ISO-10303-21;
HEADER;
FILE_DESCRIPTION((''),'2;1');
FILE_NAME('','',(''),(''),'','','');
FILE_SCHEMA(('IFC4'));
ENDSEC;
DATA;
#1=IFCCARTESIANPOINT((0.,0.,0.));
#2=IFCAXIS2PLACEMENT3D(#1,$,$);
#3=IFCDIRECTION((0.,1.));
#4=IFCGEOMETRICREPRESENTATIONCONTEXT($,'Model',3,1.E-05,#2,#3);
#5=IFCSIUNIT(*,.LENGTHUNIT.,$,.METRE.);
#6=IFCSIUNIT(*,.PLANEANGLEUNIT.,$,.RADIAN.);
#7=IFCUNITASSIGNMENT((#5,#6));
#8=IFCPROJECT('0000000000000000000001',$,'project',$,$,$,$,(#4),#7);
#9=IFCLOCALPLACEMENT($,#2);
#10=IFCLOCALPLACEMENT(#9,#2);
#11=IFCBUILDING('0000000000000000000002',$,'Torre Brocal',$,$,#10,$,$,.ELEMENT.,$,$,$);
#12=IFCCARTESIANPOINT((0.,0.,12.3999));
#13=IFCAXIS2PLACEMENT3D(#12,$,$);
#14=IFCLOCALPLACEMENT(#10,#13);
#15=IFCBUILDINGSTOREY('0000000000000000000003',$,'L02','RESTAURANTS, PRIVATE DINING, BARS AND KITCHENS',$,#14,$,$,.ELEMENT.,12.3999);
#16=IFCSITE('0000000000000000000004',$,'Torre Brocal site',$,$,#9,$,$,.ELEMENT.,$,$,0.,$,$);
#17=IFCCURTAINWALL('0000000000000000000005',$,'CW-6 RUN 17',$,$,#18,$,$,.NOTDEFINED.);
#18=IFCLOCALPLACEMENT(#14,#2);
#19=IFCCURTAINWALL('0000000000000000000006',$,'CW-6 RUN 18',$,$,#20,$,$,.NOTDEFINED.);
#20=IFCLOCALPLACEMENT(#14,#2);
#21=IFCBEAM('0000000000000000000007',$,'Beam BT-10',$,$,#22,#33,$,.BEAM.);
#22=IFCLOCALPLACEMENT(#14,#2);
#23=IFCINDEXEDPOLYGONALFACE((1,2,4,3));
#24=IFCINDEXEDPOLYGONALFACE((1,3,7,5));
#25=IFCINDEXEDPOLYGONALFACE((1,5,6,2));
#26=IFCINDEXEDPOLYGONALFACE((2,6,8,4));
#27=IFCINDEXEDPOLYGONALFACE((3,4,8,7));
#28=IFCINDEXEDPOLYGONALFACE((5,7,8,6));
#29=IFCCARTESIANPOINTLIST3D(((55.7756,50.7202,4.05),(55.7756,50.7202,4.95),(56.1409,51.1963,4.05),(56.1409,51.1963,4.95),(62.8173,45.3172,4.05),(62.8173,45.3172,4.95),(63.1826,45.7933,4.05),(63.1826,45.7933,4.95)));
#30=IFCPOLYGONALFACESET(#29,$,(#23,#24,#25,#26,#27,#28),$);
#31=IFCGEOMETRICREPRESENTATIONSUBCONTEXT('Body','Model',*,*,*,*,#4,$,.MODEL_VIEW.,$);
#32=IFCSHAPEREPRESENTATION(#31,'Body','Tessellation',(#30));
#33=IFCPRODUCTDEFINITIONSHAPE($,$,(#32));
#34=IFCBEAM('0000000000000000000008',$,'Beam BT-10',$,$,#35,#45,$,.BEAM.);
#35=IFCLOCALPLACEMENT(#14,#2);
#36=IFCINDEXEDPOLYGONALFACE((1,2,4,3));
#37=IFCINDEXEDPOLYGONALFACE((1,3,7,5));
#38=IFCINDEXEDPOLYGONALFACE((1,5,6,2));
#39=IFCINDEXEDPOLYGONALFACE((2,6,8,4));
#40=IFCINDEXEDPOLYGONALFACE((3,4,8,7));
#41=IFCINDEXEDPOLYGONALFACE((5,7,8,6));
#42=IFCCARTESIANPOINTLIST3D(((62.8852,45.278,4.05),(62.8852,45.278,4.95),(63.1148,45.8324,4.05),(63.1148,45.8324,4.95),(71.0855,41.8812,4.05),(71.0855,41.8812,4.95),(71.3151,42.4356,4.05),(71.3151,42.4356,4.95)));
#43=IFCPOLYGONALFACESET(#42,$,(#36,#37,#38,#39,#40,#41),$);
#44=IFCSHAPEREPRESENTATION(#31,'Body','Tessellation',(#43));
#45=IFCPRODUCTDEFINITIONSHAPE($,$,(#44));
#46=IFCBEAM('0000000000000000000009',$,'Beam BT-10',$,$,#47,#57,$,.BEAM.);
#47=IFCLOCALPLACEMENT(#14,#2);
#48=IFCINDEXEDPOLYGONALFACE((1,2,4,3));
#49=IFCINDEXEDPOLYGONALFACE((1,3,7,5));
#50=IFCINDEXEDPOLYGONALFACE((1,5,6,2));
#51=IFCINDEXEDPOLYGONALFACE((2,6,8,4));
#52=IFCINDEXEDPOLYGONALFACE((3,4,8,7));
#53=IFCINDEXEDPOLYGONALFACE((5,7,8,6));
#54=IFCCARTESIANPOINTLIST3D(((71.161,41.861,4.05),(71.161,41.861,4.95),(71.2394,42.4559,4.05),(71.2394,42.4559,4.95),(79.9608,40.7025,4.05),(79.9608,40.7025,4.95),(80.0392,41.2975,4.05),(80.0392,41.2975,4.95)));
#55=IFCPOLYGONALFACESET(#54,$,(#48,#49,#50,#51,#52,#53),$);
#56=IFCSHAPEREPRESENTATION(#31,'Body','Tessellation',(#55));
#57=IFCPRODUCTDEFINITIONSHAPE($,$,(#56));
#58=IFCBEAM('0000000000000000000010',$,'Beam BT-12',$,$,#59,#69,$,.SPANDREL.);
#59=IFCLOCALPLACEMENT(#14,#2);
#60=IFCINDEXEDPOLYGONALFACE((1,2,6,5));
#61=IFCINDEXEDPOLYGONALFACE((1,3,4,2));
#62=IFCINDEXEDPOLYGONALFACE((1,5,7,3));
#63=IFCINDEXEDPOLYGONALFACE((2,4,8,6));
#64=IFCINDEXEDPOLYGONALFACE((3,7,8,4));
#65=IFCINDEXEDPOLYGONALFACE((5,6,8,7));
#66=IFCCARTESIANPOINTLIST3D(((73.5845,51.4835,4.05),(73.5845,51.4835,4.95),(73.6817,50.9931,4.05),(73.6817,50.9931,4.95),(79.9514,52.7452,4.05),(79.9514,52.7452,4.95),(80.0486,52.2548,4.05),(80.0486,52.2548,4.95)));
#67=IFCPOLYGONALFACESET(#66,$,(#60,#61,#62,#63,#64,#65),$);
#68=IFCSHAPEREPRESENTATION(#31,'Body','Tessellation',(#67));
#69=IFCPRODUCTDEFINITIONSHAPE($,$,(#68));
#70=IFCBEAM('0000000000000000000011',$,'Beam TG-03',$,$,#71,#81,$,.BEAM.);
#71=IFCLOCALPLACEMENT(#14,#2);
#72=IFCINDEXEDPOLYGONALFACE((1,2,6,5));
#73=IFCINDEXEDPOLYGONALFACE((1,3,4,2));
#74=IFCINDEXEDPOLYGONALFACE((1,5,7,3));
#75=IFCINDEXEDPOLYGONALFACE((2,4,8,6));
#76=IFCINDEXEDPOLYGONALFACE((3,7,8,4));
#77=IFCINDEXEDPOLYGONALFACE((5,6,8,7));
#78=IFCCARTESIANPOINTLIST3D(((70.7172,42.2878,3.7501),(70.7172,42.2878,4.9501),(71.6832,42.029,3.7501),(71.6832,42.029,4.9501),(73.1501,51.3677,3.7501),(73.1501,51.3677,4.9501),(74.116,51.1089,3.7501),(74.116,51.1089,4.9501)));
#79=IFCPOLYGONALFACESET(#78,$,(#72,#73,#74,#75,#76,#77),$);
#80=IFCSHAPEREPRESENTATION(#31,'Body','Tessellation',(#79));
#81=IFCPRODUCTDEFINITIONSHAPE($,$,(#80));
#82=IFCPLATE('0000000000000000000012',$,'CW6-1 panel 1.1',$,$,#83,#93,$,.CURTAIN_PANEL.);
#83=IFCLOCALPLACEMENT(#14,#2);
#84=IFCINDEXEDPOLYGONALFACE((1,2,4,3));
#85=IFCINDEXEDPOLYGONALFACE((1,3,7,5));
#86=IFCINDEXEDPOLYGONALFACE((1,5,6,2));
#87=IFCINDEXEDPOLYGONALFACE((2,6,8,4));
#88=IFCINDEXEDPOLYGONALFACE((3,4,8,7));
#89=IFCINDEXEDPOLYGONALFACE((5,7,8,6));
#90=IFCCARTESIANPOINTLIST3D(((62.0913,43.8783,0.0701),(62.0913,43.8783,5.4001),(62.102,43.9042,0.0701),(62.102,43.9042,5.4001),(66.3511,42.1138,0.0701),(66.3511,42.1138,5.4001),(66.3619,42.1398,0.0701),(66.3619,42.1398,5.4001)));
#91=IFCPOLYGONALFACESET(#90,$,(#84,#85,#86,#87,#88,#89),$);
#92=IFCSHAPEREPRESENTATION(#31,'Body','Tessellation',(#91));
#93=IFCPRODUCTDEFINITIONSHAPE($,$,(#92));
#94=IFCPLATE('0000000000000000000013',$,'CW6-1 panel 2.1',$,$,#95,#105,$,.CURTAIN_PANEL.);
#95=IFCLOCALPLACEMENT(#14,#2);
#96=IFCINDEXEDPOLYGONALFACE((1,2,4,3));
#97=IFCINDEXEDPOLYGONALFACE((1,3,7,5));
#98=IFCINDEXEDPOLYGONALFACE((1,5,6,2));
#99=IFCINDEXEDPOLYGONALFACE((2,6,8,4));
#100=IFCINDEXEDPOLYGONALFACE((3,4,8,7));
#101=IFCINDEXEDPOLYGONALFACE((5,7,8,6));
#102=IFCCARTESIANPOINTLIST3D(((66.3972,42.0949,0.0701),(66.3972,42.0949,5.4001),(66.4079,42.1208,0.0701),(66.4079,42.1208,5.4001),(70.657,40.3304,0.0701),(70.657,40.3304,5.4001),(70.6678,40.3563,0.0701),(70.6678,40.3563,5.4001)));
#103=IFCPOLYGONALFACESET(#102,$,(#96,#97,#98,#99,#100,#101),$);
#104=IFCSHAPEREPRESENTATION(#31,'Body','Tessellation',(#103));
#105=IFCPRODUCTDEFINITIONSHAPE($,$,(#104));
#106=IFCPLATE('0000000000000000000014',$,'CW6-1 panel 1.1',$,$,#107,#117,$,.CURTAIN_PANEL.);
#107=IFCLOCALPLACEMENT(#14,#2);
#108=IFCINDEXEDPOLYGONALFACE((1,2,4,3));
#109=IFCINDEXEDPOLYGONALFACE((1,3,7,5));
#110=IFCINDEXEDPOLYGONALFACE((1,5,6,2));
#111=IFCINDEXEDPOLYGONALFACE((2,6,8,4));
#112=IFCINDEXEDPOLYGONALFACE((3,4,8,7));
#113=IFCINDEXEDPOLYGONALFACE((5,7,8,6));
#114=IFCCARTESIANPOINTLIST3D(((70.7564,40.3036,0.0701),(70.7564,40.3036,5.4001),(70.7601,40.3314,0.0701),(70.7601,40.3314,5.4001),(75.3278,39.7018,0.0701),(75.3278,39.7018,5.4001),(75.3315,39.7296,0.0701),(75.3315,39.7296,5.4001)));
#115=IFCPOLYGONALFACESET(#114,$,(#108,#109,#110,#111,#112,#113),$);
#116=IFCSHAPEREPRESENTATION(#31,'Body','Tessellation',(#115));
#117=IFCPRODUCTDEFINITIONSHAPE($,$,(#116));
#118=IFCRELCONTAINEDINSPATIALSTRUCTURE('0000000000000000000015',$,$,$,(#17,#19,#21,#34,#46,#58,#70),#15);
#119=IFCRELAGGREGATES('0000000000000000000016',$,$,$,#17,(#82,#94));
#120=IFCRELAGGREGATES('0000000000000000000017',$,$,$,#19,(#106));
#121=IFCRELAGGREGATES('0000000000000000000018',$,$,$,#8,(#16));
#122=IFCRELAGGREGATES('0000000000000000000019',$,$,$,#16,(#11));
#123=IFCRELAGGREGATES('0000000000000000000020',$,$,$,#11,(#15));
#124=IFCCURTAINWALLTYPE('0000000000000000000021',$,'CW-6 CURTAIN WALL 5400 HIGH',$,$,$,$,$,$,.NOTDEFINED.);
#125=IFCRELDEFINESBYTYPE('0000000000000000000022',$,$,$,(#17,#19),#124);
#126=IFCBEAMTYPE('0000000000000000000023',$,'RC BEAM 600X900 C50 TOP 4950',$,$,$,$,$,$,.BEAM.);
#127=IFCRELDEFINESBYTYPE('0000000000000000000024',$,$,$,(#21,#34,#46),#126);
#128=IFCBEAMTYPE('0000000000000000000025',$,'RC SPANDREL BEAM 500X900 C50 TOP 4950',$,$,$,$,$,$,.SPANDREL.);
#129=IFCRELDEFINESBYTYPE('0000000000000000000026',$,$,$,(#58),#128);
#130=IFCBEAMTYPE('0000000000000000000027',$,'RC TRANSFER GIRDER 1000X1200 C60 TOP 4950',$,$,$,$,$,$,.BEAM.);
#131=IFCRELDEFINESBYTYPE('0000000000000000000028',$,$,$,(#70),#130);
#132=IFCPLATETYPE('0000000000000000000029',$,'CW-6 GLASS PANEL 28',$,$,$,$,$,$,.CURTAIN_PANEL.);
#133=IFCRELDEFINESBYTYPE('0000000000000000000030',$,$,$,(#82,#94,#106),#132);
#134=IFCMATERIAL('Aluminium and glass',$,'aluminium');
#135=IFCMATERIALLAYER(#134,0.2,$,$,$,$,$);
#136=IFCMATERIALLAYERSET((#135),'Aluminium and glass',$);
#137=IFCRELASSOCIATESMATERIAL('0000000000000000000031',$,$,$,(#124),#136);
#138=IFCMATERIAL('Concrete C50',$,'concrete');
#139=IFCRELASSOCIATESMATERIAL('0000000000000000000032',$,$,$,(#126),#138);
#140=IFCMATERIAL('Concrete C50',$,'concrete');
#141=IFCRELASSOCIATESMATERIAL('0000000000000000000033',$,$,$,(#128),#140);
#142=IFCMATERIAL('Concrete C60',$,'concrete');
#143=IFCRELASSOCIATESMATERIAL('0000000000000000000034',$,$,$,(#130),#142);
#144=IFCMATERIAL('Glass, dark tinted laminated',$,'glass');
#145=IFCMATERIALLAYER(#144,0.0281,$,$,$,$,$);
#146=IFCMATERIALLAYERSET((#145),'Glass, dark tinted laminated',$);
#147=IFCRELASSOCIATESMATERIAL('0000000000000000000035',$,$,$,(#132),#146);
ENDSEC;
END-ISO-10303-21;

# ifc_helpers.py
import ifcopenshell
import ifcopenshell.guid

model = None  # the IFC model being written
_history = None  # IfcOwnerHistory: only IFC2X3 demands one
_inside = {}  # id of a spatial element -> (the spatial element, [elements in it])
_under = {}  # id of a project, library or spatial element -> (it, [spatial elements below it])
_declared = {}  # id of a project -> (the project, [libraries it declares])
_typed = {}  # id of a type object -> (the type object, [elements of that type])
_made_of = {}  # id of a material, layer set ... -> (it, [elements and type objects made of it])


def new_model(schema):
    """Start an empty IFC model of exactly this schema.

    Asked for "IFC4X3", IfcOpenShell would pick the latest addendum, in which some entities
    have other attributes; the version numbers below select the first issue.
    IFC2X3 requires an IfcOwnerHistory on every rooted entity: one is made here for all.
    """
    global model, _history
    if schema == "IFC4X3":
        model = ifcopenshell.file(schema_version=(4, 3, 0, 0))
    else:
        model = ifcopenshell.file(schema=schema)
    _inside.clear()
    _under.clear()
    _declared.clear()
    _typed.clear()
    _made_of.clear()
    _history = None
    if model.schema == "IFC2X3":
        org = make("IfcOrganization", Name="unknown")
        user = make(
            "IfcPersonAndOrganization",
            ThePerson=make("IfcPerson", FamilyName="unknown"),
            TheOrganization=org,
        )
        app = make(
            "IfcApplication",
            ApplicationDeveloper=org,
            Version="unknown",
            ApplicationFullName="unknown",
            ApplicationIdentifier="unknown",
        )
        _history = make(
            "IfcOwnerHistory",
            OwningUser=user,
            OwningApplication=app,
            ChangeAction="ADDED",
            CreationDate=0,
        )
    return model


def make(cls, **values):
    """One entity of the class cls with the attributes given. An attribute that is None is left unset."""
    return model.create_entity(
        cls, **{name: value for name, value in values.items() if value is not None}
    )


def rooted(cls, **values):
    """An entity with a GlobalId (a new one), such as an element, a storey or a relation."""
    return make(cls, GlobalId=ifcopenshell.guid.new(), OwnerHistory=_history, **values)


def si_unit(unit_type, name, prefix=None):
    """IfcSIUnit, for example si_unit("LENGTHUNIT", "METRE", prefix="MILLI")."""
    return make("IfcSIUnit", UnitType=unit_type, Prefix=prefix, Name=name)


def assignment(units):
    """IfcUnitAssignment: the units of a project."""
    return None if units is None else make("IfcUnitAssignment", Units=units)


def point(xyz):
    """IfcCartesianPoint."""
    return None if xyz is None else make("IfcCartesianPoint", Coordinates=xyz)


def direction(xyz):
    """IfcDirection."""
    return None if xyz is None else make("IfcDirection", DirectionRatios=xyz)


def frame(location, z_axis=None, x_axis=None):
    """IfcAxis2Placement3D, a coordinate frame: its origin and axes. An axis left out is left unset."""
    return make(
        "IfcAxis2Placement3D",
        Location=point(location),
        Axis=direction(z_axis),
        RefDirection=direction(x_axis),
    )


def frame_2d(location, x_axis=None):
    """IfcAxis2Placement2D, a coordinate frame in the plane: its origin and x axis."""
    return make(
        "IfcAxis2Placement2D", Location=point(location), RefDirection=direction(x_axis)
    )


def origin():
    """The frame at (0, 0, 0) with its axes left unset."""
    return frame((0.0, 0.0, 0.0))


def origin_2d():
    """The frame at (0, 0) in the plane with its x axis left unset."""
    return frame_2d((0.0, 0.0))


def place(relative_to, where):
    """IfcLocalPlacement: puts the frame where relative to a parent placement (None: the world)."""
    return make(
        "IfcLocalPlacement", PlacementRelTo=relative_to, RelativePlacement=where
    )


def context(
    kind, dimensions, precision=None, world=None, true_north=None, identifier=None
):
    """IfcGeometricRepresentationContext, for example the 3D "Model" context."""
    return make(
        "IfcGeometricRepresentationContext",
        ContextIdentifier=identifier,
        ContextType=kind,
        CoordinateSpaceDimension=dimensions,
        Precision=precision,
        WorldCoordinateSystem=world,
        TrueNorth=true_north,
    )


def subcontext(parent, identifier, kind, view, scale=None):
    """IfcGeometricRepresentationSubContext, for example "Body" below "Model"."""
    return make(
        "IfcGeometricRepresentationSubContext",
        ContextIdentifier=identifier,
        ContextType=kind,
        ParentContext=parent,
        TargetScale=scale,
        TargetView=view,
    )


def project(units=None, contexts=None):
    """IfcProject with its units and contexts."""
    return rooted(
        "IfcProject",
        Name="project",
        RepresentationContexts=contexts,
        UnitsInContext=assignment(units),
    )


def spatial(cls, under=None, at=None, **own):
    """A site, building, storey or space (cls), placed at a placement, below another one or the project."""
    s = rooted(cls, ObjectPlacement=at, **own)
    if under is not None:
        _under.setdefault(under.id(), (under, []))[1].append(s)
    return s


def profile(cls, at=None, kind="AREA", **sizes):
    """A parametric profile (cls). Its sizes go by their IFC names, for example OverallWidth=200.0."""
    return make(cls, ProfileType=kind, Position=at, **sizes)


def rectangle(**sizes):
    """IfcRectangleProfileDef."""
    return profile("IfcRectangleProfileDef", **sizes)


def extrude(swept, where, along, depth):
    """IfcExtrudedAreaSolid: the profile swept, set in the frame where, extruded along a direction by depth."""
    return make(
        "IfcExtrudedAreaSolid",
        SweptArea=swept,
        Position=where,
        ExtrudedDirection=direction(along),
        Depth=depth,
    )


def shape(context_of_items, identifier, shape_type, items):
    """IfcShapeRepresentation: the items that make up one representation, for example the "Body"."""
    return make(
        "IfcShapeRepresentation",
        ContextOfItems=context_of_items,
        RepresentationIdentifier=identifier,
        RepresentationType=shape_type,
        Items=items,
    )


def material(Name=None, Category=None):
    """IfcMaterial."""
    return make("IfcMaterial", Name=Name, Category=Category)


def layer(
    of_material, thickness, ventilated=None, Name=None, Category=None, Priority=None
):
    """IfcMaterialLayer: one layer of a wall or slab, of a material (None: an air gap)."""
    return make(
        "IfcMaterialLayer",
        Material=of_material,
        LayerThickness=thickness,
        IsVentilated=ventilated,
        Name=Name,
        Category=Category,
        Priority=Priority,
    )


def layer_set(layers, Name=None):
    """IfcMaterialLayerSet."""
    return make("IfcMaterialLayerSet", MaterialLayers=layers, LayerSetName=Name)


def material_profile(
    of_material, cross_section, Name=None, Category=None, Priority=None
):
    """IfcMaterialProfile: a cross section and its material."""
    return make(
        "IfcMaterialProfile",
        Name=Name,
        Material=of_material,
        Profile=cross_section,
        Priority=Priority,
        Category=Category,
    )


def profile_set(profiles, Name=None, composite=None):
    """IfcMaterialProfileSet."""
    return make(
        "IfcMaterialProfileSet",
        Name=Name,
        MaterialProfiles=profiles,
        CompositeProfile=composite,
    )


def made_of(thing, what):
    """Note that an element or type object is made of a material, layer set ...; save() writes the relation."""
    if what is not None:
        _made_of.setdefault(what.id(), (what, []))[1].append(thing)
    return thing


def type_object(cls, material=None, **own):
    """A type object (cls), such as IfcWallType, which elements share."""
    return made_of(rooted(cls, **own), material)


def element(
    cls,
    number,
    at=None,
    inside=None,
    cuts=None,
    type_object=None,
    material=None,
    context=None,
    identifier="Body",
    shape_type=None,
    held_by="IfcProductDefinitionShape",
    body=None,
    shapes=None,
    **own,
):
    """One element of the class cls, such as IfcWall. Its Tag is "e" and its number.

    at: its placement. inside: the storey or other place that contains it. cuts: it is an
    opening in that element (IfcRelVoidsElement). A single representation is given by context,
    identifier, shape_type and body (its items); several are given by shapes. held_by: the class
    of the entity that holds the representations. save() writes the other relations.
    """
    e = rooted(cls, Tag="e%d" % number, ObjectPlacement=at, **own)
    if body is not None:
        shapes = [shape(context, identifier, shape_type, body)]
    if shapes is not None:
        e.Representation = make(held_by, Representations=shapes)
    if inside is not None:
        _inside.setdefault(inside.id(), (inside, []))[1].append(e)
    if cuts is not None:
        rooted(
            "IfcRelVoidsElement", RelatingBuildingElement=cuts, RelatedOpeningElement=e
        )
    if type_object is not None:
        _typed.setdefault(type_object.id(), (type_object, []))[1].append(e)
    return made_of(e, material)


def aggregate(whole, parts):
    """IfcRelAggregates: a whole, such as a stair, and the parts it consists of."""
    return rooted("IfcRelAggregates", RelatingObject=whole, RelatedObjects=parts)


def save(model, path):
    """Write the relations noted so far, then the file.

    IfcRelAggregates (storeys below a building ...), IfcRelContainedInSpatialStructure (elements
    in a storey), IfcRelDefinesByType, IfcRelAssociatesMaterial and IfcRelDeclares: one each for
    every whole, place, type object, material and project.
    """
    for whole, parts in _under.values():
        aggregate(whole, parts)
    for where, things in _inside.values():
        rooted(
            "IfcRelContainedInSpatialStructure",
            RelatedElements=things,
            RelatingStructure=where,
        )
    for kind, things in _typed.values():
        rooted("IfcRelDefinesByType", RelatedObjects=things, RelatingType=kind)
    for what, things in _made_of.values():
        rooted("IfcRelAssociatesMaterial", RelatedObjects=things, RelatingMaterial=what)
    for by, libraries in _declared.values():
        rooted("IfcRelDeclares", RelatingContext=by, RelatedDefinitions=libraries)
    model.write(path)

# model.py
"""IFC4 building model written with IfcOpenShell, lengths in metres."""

from ifc_helpers import new_model, si_unit, direction, frame, origin, origin_2d, place, context, subcontext, project, spatial, rectangle, extrude, material, layer, layer_set, material_profile, profile_set, type_object, element, aggregate, save


model = new_model("IFC4")

# Units and contexts
model_context = context("Model", 3, precision=1e-05, world=origin(), true_north=direction((0.0, 1.0)))
body_context = subcontext(model_context, "Body", "Model", "MODEL_VIEW")
ifc_project = project(units=[si_unit("LENGTHUNIT", "METRE"), si_unit("PLANEANGLEUNIT", "RADIAN")], contexts=[model_context])

# Site, building, storey
site_placement = place(None, origin())
site = spatial("IfcSite", under=ifc_project, at=site_placement, Name="Torre Brocal site", CompositionType="ELEMENT", RefElevation=0.0)
building_placement = place(site_placement, origin())
building = spatial("IfcBuilding", under=site, at=building_placement, Name="Torre Brocal", CompositionType="ELEMENT")
storey_placement = place(building_placement, frame((0.0, 0.0, 12.3999)))
storey = spatial("IfcBuildingStorey", under=building, at=storey_placement, Name="L02", Description="RESTAURANTS, PRIVATE DINING, BARS AND KITCHENS", CompositionType="ELEMENT", Elevation=12.3999)

# Shared definitions
ifc_material_1 = material(Name="Aluminium and glass", Category="aluminium")
ifc_layer_1 = layer(ifc_material_1, 0.2)
ifc_layer_set_1 = layer_set([ifc_layer_1], Name="Aluminium and glass")
curtain_wall_type = type_object("IfcCurtainWallType", Name="CW-6 CURTAIN WALL 5400 HIGH", PredefinedType="NOTDEFINED", material=ifc_layer_set_1)

# Curtain walls
curtain_wall_1_placement = place(storey_placement, origin())
curtain_wall_1 = element("IfcCurtainWall", 1, at=curtain_wall_1_placement, inside=storey, type_object=curtain_wall_type, Name="CW-6 RUN 17", PredefinedType="NOTDEFINED")
curtain_wall_2_placement = place(storey_placement, origin())
curtain_wall_2 = element("IfcCurtainWall", 2, at=curtain_wall_2_placement, inside=storey, type_object=curtain_wall_type, Name="CW-6 RUN 18", PredefinedType="NOTDEFINED")

# Beams
ifc_material_2 = material(Name="Concrete C50", Category="concrete")
ifc_material_profile_1 = material_profile(ifc_material_2, rectangle(XDim=0.6001, YDim=0.8999, at=origin_2d()), Name="RC 600X900")
ifc_profile_set_1 = profile_set([ifc_material_profile_1], Name="Concrete C50")
beam_type_1 = type_object("IfcBeamType", Name="RC BEAM 600X900 C50 TOP 4950", PredefinedType="BEAM", material=ifc_profile_set_1)
beam_1_placement = place(storey_placement, frame((55.9583, 50.9583, 4.5), z_axis=(0.793367, -0.608744, 0.0), x_axis=(0.608744, 0.793367, 0.0)))
element("IfcBeam", 3, at=beam_1_placement, inside=storey, type_object=beam_type_1, Name="Beam BT-10", PredefinedType="BEAM", context=body_context, shape_type="SweptSolid", body=[
    extrude(rectangle(XDim=0.6001, YDim=0.8999, at=origin_2d()), origin(), (0.0, 0.0, 1.0), 8.8757),
])
beam_2_placement = place(storey_placement, frame((63.0, 45.5552, 4.5), z_axis=(0.923876, -0.382693, 0.0), x_axis=(0.382693, 0.923876, 0.0)))
element("IfcBeam", 4, at=beam_2_placement, inside=storey, type_object=beam_type_1, Name="Beam BT-10", PredefinedType="BEAM", context=body_context, shape_type="SweptSolid", body=[
    extrude(rectangle(XDim=0.6001, YDim=0.8999, at=origin_2d()), origin(), (0.0, 0.0, 1.0), 8.876),
])
beam_3_placement = place(storey_placement, frame((71.2002, 42.1584, 4.5), z_axis=(0.991446, -0.130519, 0.0), x_axis=(0.130519, 0.991446, 0.0)))
element("IfcBeam", 5, at=beam_3_placement, inside=storey, type_object=beam_type_1, Name="Beam BT-10", PredefinedType="BEAM", context=body_context, shape_type="SweptSolid", body=[
    extrude(rectangle(XDim=0.6001, YDim=0.8999, at=origin_2d()), origin(), (0.0, 0.0, 1.0), 8.8757),
])
ifc_material_3 = material(Name="Concrete C50", Category="concrete")
ifc_material_profile_2 = material_profile(ifc_material_3, rectangle(XDim=0.5, YDim=0.8999, at=origin_2d()), Name="RC 500X900")
ifc_profile_set_2 = profile_set([ifc_material_profile_2], Name="Concrete C50")
beam_type_2 = type_object("IfcBeamType", Name="RC SPANDREL BEAM 500X900 C50 TOP 4950", PredefinedType="SPANDREL", material=ifc_profile_set_2)
beam_4_placement = place(storey_placement, frame((73.6331, 51.2383, 4.5), z_axis=(0.980925, 0.194387, 0.0), x_axis=(-0.194387, 0.980925, 0.0)))
element("IfcBeam", 6, at=beam_4_placement, inside=storey, type_object=beam_type_2, Name="Beam BT-12", PredefinedType="SPANDREL", context=body_context, shape_type="SweptSolid", body=[
    extrude(rectangle(XDim=0.5, YDim=0.8999, at=origin_2d()), origin(), (0.0, 0.0, 1.0), 6.4907),
])
ifc_material_4 = material(Name="Concrete C60", Category="concrete")
ifc_material_profile_3 = material_profile(ifc_material_4, rectangle(XDim=1.0, YDim=1.2, at=origin_2d()), Name="RC 1000X1200")
ifc_profile_set_3 = profile_set([ifc_material_profile_3], Name="Concrete C60")
beam_type_3 = type_object("IfcBeamType", Name="RC TRANSFER GIRDER 1000X1200 C60 TOP 4950", PredefinedType="BEAM", material=ifc_profile_set_3)
beam_5_placement = place(storey_placement, frame((73.6331, 51.2383, 4.3501), z_axis=(-0.258812, -0.965928, 0.0), x_axis=(0.965928, -0.258812, 0.0)))
element("IfcBeam", 7, at=beam_5_placement, inside=storey, type_object=beam_type_3, Name="Beam TG-03", PredefinedType="BEAM", context=body_context, shape_type="SweptSolid", body=[
    extrude(rectangle(XDim=1.0, YDim=1.2, at=origin_2d()), origin(), (0.0, 0.0, 1.0), 9.4001),
])

# Plates
ifc_material_5 = material(Name="Glass, dark tinted laminated", Category="glass")
ifc_layer_2 = layer(ifc_material_5, 0.0281)
ifc_layer_set_2 = layer_set([ifc_layer_2], Name="Glass, dark tinted laminated")
plate_type = type_object("IfcPlateType", Name="CW-6 GLASS PANEL 28", PredefinedType="CURTAIN_PANEL", material=ifc_layer_set_2)
plate_1_placement = place(storey_placement, frame((64.2266, 43.009, 0.0701), z_axis=(0.0, 0.0, 1.0), x_axis=(0.92388, -0.382683, 0.0)))
plate_1 = element("IfcPlate", 8, at=plate_1_placement, type_object=plate_type, Name="CW6-1 panel 1.1", PredefinedType="CURTAIN_PANEL", context=body_context, shape_type="SweptSolid", body=[
    extrude(rectangle(XDim=4.6108, YDim=0.0281, at=origin_2d()), origin(), (0.0, 0.0, 1.0), 5.3301),
])
plate_2_placement = place(storey_placement, frame((68.5325, 41.2256, 0.0701), z_axis=(0.0, 0.0, 1.0), x_axis=(0.92388, -0.382683, 0.0)))
plate_2 = element("IfcPlate", 9, at=plate_2_placement, type_object=plate_type, Name="CW6-1 panel 2.1", PredefinedType="CURTAIN_PANEL", context=body_context, shape_type="SweptSolid", body=[
    extrude(rectangle(XDim=4.6108, YDim=0.0281, at=origin_2d()), origin(), (0.0, 0.0, 1.0), 5.3301),
])
aggregate(curtain_wall_1, [plate_1, plate_2])
plate_3_placement = place(storey_placement, frame((73.0439, 40.0166, 0.0701), z_axis=(0.0, 0.0, 1.0), x_axis=(0.991445, -0.130526, 0.0)))
plate_3 = element("IfcPlate", 10, at=plate_3_placement, type_object=plate_type, Name="CW6-1 panel 1.1", PredefinedType="CURTAIN_PANEL", context=body_context, shape_type="SweptSolid", body=[
    extrude(rectangle(XDim=4.6108, YDim=0.0281, at=origin_2d()), origin(), (0.0, 0.0, 1.0), 5.3301),
])
aggregate(curtain_wall_2, [plate_3])

save(model, "model.ifc")
